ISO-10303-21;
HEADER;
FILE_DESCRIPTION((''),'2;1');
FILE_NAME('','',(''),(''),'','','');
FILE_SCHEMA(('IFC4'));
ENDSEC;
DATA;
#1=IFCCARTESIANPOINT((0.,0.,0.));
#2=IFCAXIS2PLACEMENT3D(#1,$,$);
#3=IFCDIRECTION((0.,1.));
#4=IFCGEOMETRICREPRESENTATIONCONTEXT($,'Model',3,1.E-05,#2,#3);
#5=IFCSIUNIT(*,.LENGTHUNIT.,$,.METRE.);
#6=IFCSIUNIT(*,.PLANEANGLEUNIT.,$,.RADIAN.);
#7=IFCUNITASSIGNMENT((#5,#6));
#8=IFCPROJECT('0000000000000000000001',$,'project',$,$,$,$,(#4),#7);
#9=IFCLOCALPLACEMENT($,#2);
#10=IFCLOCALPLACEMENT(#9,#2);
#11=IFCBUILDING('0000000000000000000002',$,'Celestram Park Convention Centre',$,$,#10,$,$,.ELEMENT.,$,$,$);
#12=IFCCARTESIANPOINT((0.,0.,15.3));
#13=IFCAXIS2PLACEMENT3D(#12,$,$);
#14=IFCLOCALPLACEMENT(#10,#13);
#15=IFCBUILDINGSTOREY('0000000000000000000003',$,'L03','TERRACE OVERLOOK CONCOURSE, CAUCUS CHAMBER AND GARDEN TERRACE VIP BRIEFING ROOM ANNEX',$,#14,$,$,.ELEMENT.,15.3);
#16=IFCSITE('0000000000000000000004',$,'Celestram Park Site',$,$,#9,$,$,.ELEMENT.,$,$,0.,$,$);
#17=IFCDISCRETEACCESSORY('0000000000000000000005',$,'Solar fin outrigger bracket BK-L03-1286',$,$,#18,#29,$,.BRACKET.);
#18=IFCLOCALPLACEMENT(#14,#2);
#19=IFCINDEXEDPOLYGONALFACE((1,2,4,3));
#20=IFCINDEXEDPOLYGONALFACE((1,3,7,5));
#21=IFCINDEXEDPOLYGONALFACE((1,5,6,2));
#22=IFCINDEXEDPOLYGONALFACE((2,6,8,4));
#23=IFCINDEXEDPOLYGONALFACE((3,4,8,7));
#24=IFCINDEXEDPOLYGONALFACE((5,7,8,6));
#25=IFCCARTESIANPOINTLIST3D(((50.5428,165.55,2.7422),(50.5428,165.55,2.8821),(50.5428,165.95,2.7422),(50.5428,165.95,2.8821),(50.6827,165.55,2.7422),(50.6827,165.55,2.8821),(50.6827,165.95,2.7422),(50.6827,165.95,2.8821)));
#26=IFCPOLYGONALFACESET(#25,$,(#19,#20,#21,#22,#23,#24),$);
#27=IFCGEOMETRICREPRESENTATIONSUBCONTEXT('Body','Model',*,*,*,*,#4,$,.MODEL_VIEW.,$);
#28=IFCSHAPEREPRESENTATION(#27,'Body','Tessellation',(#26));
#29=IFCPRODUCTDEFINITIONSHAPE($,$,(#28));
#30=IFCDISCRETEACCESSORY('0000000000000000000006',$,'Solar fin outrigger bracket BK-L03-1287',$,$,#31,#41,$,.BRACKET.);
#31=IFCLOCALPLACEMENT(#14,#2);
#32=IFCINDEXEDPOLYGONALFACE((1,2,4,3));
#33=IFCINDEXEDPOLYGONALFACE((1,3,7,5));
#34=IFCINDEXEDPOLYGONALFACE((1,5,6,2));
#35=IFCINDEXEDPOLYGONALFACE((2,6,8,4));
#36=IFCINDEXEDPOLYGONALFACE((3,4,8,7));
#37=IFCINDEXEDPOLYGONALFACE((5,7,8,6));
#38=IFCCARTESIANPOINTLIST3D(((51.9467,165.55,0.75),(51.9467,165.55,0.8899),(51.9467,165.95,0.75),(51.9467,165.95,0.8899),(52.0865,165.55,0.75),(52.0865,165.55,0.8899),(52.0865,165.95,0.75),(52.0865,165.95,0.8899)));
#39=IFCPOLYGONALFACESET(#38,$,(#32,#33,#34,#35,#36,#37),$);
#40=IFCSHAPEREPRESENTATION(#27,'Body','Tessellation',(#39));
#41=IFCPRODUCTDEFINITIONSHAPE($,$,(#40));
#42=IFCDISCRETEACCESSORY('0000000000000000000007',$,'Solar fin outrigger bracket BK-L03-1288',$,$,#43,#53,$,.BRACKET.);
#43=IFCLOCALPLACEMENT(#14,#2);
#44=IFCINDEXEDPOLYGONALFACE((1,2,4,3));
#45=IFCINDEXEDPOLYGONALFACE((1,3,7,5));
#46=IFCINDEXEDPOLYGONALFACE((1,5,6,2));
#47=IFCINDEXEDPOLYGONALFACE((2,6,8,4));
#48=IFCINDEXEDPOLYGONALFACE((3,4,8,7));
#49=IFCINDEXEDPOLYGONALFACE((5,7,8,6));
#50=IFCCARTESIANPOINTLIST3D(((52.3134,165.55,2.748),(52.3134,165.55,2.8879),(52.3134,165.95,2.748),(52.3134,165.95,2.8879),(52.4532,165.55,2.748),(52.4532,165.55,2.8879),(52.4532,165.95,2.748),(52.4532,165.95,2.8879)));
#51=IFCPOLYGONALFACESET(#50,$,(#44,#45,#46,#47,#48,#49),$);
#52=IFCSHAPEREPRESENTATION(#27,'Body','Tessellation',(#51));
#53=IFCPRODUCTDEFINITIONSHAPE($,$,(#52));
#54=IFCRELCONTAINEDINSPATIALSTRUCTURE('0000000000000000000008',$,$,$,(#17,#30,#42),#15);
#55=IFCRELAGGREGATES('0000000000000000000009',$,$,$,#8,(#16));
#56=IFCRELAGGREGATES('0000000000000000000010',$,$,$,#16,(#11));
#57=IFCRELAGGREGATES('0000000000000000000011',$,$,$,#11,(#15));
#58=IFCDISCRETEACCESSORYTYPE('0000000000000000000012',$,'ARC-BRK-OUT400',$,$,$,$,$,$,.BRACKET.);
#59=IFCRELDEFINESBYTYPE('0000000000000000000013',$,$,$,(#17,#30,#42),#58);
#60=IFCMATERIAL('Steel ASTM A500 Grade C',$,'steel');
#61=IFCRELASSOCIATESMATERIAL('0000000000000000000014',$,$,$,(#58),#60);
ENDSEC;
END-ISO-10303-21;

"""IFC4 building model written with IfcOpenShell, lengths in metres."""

from ifc_helpers import new_model, si_unit, direction, frame, origin, origin_2d, place, context, subcontext, project, spatial, rectangle, extrude, material, type_object, element, save


model = new_model("IFC4")

# Units and contexts
model_context = context("Model", 3, precision=1e-05, world=origin(), true_north=direction((0.0, 1.0)))
body_context = subcontext(model_context, "Body", "Model", "MODEL_VIEW")
ifc_project = project(units=[si_unit("LENGTHUNIT", "METRE"), si_unit("PLANEANGLEUNIT", "RADIAN")], contexts=[model_context])

# Site, building, storey
site_placement = place(None, origin())
site = spatial("IfcSite", under=ifc_project, at=site_placement, Name="Celestram Park Site", CompositionType="ELEMENT", RefElevation=0.0)
building_placement = place(site_placement, origin())
building = spatial("IfcBuilding", under=site, at=building_placement, Name="Celestram Park Convention Centre", CompositionType="ELEMENT")
storey_placement = place(building_placement, frame((0.0, 0.0, 15.3)))
storey = spatial("IfcBuildingStorey", under=building, at=storey_placement, Name="L03", Description="TERRACE OVERLOOK CONCOURSE, CAUCUS CHAMBER AND GARDEN TERRACE VIP BRIEFING ROOM ANNEX", CompositionType="ELEMENT", Elevation=15.3)

# Discrete accessories
ifc_material_1 = material(Name="Steel ASTM A500 Grade C", Category="steel")
discrete_accessory_type = type_object("IfcDiscreteAccessoryType", Name="ARC-BRK-OUT400", PredefinedType="BRACKET", material=ifc_material_1)
for number, where, z_axis, x_axis, name in (
    (1, (50.6128, 165.75, 2.7422), (0.0, 0.0, 1.0), (0.0, 1.0, 0.0), "Solar fin outrigger bracket BK-L03-1286"),
    (2, (52.0166, 165.75, 0.75), (0.0, 0.0, 1.0), (0.0, 1.0, 0.0), "Solar fin outrigger bracket BK-L03-1287"),
    (3, (52.3833, 165.75, 2.748), (0.0, 0.0, 1.0), (0.0, 1.0, 0.0), "Solar fin outrigger bracket BK-L03-1288"),
):
    element("IfcDiscreteAccessory", number, at=place(storey_placement, frame(where, z_axis=z_axis, x_axis=x_axis)), inside=storey, type_object=discrete_accessory_type, Name=name, PredefinedType="BRACKET", context=body_context, shape_type="SweptSolid", body=[
        extrude(rectangle(XDim=0.3999, YDim=0.1399, at=origin_2d()), origin(), (0.0, 0.0, 1.0), 0.1399),
    ])

save(model, "model.ifc")
